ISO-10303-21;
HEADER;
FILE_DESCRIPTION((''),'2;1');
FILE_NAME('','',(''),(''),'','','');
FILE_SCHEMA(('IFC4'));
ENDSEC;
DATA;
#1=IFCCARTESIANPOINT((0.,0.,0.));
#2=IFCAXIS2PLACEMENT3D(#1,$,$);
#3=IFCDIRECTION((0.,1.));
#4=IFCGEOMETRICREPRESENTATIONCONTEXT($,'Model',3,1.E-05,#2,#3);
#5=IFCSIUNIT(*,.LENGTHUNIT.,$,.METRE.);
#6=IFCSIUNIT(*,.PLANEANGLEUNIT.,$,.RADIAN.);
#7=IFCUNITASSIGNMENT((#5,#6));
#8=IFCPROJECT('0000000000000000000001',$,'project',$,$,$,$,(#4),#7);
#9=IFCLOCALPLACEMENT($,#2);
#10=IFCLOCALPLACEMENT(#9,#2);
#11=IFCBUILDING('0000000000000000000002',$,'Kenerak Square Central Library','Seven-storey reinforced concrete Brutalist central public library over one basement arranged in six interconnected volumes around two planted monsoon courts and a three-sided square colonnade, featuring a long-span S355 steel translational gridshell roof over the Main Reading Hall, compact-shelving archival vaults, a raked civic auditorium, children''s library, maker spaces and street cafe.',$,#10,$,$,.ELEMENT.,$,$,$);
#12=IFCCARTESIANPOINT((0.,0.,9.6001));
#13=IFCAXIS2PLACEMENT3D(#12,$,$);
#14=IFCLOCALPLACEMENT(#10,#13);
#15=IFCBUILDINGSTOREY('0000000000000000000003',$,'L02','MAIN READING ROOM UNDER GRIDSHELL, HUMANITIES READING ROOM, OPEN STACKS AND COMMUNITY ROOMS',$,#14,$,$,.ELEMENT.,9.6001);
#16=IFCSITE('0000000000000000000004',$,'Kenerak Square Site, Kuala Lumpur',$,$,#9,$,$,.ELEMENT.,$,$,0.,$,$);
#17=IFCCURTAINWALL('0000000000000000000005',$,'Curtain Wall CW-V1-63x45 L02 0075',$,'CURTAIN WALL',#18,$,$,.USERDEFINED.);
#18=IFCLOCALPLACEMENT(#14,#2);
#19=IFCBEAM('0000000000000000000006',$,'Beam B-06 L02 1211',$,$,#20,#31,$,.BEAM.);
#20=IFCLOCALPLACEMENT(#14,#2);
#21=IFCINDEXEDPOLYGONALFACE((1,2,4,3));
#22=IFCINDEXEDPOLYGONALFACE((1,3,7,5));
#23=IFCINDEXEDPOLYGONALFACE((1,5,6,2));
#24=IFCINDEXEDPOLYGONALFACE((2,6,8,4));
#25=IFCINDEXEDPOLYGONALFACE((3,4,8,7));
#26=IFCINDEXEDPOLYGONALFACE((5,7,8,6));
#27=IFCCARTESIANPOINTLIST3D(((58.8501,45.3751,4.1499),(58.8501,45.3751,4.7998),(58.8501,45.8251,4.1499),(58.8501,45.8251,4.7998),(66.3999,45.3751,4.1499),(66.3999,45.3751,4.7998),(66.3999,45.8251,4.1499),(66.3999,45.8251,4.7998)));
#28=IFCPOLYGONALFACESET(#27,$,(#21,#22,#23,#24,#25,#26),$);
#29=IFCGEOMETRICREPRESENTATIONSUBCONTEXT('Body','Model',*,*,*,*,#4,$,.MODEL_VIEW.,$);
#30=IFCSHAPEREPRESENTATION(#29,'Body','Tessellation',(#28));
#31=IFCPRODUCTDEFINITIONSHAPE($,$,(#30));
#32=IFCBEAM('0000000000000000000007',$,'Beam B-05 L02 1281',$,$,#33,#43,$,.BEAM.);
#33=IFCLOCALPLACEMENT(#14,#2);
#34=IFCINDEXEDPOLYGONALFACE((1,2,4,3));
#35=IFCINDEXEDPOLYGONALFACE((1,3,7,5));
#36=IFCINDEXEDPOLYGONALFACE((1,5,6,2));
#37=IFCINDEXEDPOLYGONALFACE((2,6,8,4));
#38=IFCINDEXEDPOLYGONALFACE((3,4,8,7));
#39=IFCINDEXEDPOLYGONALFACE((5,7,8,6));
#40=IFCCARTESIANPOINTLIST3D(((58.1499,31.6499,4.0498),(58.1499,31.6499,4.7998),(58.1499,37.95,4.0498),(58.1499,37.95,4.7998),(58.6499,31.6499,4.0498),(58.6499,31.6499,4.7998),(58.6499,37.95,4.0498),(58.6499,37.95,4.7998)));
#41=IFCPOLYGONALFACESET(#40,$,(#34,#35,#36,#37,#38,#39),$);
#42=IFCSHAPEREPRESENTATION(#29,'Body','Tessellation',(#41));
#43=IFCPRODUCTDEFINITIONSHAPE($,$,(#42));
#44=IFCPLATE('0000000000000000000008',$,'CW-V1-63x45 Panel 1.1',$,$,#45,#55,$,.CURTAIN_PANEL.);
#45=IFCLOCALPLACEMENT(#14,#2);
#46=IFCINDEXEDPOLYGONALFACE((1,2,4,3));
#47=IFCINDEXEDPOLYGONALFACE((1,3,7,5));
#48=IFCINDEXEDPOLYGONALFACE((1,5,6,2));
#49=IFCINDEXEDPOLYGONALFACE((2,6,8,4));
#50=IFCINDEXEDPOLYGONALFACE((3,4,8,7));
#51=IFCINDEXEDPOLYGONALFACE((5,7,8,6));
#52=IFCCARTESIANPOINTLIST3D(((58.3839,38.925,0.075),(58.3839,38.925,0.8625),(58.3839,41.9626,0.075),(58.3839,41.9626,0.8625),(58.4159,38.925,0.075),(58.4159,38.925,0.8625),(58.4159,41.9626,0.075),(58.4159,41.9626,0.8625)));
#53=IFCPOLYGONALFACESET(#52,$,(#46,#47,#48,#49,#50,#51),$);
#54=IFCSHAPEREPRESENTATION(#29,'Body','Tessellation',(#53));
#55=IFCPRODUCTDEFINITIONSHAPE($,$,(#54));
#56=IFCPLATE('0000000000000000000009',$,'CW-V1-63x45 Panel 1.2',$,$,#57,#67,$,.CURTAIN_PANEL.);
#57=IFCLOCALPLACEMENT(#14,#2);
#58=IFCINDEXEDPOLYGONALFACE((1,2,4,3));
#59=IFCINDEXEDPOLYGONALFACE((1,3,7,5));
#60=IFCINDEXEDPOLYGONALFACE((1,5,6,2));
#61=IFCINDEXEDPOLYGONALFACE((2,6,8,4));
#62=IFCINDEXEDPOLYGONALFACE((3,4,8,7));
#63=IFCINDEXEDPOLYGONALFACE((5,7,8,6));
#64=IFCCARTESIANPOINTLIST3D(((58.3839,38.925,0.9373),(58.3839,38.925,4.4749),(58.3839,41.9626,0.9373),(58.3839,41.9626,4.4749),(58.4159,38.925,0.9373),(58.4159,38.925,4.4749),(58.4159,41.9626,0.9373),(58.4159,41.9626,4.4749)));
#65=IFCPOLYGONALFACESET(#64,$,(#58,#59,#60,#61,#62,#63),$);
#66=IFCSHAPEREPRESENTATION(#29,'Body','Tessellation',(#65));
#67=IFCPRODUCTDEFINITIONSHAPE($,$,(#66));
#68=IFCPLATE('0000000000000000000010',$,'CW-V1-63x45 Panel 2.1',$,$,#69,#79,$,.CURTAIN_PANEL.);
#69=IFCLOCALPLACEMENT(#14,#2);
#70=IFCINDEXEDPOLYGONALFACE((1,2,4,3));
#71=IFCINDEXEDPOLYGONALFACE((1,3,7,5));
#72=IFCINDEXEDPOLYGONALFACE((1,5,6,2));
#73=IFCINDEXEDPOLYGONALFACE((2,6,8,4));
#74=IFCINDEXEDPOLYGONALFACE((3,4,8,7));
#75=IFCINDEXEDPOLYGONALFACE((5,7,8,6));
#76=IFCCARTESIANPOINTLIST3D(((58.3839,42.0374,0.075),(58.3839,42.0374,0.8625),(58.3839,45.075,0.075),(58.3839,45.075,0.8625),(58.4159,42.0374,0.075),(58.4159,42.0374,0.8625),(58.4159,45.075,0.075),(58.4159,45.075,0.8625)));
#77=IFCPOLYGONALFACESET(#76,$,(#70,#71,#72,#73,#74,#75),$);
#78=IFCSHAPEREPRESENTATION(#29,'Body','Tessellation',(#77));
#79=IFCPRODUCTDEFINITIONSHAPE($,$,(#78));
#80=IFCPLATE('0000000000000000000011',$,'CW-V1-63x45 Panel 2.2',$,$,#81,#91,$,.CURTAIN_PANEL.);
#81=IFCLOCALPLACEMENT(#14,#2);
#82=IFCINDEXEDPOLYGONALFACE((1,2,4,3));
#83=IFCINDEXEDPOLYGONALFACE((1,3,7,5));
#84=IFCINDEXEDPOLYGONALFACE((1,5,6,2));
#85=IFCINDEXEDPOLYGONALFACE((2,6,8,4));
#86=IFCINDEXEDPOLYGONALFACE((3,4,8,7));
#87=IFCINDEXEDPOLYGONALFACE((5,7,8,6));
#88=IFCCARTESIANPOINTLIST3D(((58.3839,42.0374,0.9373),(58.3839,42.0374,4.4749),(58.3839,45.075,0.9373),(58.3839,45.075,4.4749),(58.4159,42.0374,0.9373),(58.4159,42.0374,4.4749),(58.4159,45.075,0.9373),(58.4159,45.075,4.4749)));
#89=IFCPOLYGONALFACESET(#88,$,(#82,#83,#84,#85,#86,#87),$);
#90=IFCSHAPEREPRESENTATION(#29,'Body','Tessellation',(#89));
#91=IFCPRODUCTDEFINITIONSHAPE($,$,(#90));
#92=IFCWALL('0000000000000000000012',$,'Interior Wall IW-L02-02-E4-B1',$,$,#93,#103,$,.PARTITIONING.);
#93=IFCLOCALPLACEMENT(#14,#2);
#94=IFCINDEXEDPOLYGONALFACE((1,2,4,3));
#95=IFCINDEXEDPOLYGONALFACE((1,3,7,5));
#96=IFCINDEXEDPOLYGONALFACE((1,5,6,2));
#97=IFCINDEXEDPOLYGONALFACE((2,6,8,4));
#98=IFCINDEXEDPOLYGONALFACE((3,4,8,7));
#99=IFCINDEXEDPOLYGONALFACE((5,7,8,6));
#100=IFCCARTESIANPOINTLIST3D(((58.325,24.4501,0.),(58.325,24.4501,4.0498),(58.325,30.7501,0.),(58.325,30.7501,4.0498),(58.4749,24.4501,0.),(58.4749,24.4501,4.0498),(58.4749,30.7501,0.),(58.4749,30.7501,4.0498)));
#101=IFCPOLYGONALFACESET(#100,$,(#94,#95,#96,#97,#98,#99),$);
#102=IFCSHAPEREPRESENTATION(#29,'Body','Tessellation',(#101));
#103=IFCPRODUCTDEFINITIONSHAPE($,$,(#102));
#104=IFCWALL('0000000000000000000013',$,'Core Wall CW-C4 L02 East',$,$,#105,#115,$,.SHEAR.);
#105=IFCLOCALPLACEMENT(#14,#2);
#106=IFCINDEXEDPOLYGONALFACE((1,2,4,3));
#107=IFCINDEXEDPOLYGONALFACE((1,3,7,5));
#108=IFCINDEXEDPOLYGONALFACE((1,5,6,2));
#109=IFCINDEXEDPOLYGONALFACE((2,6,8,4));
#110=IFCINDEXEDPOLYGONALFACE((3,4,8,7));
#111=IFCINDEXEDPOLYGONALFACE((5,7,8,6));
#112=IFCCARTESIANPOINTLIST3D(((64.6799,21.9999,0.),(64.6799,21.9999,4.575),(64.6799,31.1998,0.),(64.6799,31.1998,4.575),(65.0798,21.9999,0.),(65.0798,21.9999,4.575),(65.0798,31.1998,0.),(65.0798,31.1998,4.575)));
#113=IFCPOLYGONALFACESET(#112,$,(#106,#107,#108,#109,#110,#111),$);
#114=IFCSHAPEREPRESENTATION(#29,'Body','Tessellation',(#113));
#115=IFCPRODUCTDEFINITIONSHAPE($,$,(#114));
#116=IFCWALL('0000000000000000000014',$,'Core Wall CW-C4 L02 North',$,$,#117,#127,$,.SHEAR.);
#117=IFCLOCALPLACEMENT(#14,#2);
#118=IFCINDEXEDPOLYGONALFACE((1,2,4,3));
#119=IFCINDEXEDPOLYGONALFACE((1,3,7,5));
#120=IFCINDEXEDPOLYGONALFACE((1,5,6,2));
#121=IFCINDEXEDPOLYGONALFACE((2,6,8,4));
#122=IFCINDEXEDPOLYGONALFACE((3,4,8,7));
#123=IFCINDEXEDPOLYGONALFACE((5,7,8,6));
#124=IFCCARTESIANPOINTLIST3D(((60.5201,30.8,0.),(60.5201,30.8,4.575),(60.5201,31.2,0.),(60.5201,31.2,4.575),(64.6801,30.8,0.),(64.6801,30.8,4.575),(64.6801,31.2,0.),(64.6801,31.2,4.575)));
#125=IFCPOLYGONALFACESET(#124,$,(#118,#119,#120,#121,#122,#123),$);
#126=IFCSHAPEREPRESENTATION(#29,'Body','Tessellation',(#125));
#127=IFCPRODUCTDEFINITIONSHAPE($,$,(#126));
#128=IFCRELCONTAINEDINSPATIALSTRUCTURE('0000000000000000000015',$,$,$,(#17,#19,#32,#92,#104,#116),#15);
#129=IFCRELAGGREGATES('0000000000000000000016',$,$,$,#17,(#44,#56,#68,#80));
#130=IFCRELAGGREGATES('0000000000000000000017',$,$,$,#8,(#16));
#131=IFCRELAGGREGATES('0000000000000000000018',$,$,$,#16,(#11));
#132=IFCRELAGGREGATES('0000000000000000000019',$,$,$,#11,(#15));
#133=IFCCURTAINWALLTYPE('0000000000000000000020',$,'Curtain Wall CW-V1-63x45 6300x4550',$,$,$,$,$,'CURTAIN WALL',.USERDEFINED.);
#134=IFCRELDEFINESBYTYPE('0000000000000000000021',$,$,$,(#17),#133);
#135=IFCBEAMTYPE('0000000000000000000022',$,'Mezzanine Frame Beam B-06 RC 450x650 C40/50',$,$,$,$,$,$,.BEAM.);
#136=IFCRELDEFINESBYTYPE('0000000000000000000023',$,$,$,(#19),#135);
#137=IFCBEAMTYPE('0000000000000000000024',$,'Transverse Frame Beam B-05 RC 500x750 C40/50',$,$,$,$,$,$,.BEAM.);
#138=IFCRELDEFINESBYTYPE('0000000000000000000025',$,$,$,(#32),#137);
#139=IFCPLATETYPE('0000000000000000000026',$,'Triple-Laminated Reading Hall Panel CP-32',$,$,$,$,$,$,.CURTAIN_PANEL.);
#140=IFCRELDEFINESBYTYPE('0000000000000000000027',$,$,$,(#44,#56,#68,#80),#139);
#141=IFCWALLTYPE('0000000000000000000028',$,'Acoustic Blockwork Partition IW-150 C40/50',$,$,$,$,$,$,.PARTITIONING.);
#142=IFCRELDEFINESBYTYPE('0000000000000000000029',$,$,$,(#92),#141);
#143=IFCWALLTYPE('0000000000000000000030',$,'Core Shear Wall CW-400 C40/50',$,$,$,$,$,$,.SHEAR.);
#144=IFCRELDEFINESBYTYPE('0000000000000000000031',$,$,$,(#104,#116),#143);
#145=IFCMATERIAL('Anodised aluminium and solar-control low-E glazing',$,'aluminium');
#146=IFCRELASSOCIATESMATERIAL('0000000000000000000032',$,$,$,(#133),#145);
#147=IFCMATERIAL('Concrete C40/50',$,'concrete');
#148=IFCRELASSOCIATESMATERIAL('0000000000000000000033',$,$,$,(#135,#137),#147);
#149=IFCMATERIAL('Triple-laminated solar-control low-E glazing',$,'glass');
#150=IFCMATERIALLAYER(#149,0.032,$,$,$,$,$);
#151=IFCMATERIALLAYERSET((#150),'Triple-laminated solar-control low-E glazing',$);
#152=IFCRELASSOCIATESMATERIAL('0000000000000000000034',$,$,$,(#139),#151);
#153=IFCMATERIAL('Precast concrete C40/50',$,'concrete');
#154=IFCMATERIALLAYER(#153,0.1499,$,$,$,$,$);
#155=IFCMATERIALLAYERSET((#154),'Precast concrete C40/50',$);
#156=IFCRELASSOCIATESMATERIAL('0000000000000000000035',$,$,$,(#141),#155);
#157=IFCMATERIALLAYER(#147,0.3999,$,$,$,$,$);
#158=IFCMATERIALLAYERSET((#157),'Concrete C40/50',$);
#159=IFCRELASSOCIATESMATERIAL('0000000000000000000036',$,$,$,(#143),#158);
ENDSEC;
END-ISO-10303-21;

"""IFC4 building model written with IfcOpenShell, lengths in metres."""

from ifc_helpers import new_model, si_unit, direction, frame, frame_2d, origin, origin_2d, place, context, subcontext, project, spatial, rectangle, extrude, material, layer, layer_set, material_profile, profile_set, type_object, element, aggregate, save


model = new_model("IFC4")

# Units and contexts
model_context = context("Model", 3, precision=1e-05, world=origin(), true_north=direction((0.0, 1.0)))
body_context = subcontext(model_context, "Body", "Model", "MODEL_VIEW")
ifc_project = project(units=[si_unit("LENGTHUNIT", "METRE"), si_unit("PLANEANGLEUNIT", "RADIAN")], contexts=[model_context])

# Site, building, storey
site_placement = place(None, origin())
site = spatial("IfcSite", under=ifc_project, at=site_placement, Name="Kenerak Square Site, Kuala Lumpur", CompositionType="ELEMENT", RefElevation=0.0)
building_placement = place(site_placement, origin())
building = spatial("IfcBuilding", under=site, at=building_placement, Name="Kenerak Square Central Library", Description="Seven-storey reinforced concrete Brutalist central public library over one basement arranged in six interconnected volumes around two planted monsoon courts and a three-sided square colonnade, featuring a long-span S355 steel translational gridshell roof over the Main Reading Hall, compact-shelving archival vaults, a raked civic auditorium, children's library, maker spaces and street cafe.", CompositionType="ELEMENT")
storey_placement = place(building_placement, frame((0.0, 0.0, 9.6001)))
storey = spatial("IfcBuildingStorey", under=building, at=storey_placement, Name="L02", Description="MAIN READING ROOM UNDER GRIDSHELL, HUMANITIES READING ROOM, OPEN STACKS AND COMMUNITY ROOMS", CompositionType="ELEMENT", Elevation=9.6001)

# Shared definitions
ifc_material_1 = material(Name="Concrete C40/50", Category="concrete")

# Curtain wall
ifc_material_2 = material(Name="Anodised aluminium and solar-control low-E glazing", Category="aluminium")
curtain_wall_type = type_object("IfcCurtainWallType", Name="Curtain Wall CW-V1-63x45 6300x4550", ElementType="CURTAIN WALL", PredefinedType="USERDEFINED", material=ifc_material_2)
curtain_wall_placement = place(storey_placement, origin())
curtain_wall = element("IfcCurtainWall", 1, at=curtain_wall_placement, inside=storey, type_object=curtain_wall_type, Name="Curtain Wall CW-V1-63x45 L02 0075", ObjectType="CURTAIN WALL", PredefinedType="USERDEFINED")

# Beams
ifc_material_profile_1 = material_profile(ifc_material_1, rectangle(XDim=0.45, YDim=0.6499, at=origin_2d()), Name="RC 450x650")
ifc_profile_set_1 = profile_set([ifc_material_profile_1], Name="Concrete C40/50")
beam_type_1 = type_object("IfcBeamType", Name="Mezzanine Frame Beam B-06 RC 450x650 C40/50", PredefinedType="BEAM", material=ifc_profile_set_1)
beam_1_placement = place(storey_placement, frame((58.8501, 45.6001, 4.4749), z_axis=(1.0, 0.0, 0.0), x_axis=(0.0, 1.0, 0.0)))
element("IfcBeam", 2, at=beam_1_placement, inside=storey, type_object=beam_type_1, Name="Beam B-06 L02 1211", PredefinedType="BEAM", context=body_context, shape_type="SweptSolid", body=[
    extrude(rectangle(XDim=0.45, YDim=0.6499, at=origin_2d()), origin(), (0.0, 0.0, 1.0), 7.5498),
])
ifc_material_profile_2 = material_profile(ifc_material_1, rectangle(XDim=0.5, YDim=0.75, at=origin_2d()), Name="RC 500x750")
ifc_profile_set_2 = profile_set([ifc_material_profile_2], Name="Concrete C40/50")
beam_type_2 = type_object("IfcBeamType", Name="Transverse Frame Beam B-05 RC 500x750 C40/50", PredefinedType="BEAM", material=ifc_profile_set_2)
beam_2_placement = place(storey_placement, frame((58.3999, 31.6499, 4.4248), z_axis=(0.0, 1.0, 0.0), x_axis=(-1.0, 0.0, 0.0)))
element("IfcBeam", 3, at=beam_2_placement, inside=storey, type_object=beam_type_2, Name="Beam B-05 L02 1281", PredefinedType="BEAM", context=body_context, shape_type="SweptSolid", body=[
    extrude(rectangle(XDim=0.5, YDim=0.75, at=origin_2d()), origin(), (0.0, 0.0, 1.0), 6.3),
])

# Plates
ifc_material_3 = material(Name="Triple-laminated solar-control low-E glazing", Category="glass")
ifc_layer_1 = layer(ifc_material_3, 0.032)
ifc_layer_set_1 = layer_set([ifc_layer_1], Name="Triple-laminated solar-control low-E glazing")
plate_type = type_object("IfcPlateType", Name="Triple-Laminated Reading Hall Panel CP-32", PredefinedType="CURTAIN_PANEL", material=ifc_layer_set_1)
plate_1_placement = place(storey_placement, frame((58.3999, 40.4438, 0.075), z_axis=(0.0, 0.0, 1.0), x_axis=(0.0, 1.0, 0.0)))
plate_1 = element("IfcPlate", 4, at=plate_1_placement, type_object=plate_type, Name="CW-V1-63x45 Panel 1.1", PredefinedType="CURTAIN_PANEL", context=body_context, shape_type="SweptSolid", body=[
    extrude(rectangle(XDim=3.0376, YDim=0.032, at=origin_2d()), origin(), (0.0, 0.0, 1.0), 0.7876),
])
plate_2_placement = place(storey_placement, frame((58.3999, 40.4438, 0.9373), z_axis=(0.0, 0.0, 1.0), x_axis=(0.0, 1.0, 0.0)))
plate_2 = element("IfcPlate", 5, at=plate_2_placement, type_object=plate_type, Name="CW-V1-63x45 Panel 1.2", PredefinedType="CURTAIN_PANEL", context=body_context, shape_type="SweptSolid", body=[
    extrude(rectangle(XDim=3.0376, YDim=0.032, at=origin_2d()), origin(), (0.0, 0.0, 1.0), 3.5376),
])
plate_3_placement = place(storey_placement, frame((58.3999, 43.5562, 0.075), z_axis=(0.0, 0.0, 1.0), x_axis=(0.0, 1.0, 0.0)))
plate_3 = element("IfcPlate", 6, at=plate_3_placement, type_object=plate_type, Name="CW-V1-63x45 Panel 2.1", PredefinedType="CURTAIN_PANEL", context=body_context, shape_type="SweptSolid", body=[
    extrude(rectangle(XDim=3.0376, YDim=0.032, at=origin_2d()), origin(), (0.0, 0.0, 1.0), 0.7876),
])
plate_4_placement = place(storey_placement, frame((58.3999, 43.5562, 0.9373), z_axis=(0.0, 0.0, 1.0), x_axis=(0.0, 1.0, 0.0)))
plate_4 = element("IfcPlate", 7, at=plate_4_placement, type_object=plate_type, Name="CW-V1-63x45 Panel 2.2", PredefinedType="CURTAIN_PANEL", context=body_context, shape_type="SweptSolid", body=[
    extrude(rectangle(XDim=3.0376, YDim=0.032, at=origin_2d()), origin(), (0.0, 0.0, 1.0), 3.5376),
])
aggregate(curtain_wall, [plate_1, plate_2, plate_3, plate_4])

# Walls
ifc_material_4 = material(Name="Precast concrete C40/50", Category="concrete")
ifc_layer_2 = layer(ifc_material_4, 0.1499)
ifc_layer_set_2 = layer_set([ifc_layer_2], Name="Precast concrete C40/50")
wall_type_1 = type_object("IfcWallType", Name="Acoustic Blockwork Partition IW-150 C40/50", PredefinedType="PARTITIONING", material=ifc_layer_set_2)
wall_1_placement = place(storey_placement, frame((58.3999, 30.75, 0.0), z_axis=(0.0, 0.0, 1.0), x_axis=(0.0, -1.0, 0.0)))
element("IfcWall", 8, at=wall_1_placement, inside=storey, type_object=wall_type_1, Name="Interior Wall IW-L02-02-E4-B1", PredefinedType="PARTITIONING", context=body_context, shape_type="SweptSolid", body=[
    extrude(rectangle(XDim=6.3, YDim=0.1499, at=frame_2d((3.1499, 0.0))), origin(), (0.0, 0.0, 1.0), 4.0498),
])
ifc_layer_3 = layer(ifc_material_1, 0.3999)
ifc_layer_set_3 = layer_set([ifc_layer_3], Name="Concrete C40/50")
wall_type_2 = type_object("IfcWallType", Name="Core Shear Wall CW-400 C40/50", PredefinedType="SHEAR", material=ifc_layer_set_3)
wall_2_placement = place(storey_placement, frame((64.8799, 31.2, 0.0), z_axis=(0.0, 0.0, 1.0), x_axis=(0.0, -1.0, 0.0)))
element("IfcWall", 9, at=wall_2_placement, inside=storey, type_object=wall_type_2, Name="Core Wall CW-C4 L02 East", PredefinedType="SHEAR", context=body_context, shape_type="SweptSolid", body=[
    extrude(rectangle(XDim=9.2, YDim=0.3999, at=frame_2d((4.6001, 0.0))), origin(), (0.0, 0.0, 1.0), 4.575),
])
wall_3_placement = place(storey_placement, frame((60.52, 31.0, 0.0), z_axis=(0.0, 0.0, 1.0), x_axis=(1.0, 0.0, 0.0)))
element("IfcWall", 10, at=wall_3_placement, inside=storey, type_object=wall_type_2, Name="Core Wall CW-C4 L02 North", PredefinedType="SHEAR", context=body_context, shape_type="SweptSolid", body=[
    extrude(rectangle(XDim=4.1599, YDim=0.3999, at=frame_2d((2.0801, 0.0))), origin(), (0.0, 0.0, 1.0), 4.575),
])

save(model, "model.ifc")
